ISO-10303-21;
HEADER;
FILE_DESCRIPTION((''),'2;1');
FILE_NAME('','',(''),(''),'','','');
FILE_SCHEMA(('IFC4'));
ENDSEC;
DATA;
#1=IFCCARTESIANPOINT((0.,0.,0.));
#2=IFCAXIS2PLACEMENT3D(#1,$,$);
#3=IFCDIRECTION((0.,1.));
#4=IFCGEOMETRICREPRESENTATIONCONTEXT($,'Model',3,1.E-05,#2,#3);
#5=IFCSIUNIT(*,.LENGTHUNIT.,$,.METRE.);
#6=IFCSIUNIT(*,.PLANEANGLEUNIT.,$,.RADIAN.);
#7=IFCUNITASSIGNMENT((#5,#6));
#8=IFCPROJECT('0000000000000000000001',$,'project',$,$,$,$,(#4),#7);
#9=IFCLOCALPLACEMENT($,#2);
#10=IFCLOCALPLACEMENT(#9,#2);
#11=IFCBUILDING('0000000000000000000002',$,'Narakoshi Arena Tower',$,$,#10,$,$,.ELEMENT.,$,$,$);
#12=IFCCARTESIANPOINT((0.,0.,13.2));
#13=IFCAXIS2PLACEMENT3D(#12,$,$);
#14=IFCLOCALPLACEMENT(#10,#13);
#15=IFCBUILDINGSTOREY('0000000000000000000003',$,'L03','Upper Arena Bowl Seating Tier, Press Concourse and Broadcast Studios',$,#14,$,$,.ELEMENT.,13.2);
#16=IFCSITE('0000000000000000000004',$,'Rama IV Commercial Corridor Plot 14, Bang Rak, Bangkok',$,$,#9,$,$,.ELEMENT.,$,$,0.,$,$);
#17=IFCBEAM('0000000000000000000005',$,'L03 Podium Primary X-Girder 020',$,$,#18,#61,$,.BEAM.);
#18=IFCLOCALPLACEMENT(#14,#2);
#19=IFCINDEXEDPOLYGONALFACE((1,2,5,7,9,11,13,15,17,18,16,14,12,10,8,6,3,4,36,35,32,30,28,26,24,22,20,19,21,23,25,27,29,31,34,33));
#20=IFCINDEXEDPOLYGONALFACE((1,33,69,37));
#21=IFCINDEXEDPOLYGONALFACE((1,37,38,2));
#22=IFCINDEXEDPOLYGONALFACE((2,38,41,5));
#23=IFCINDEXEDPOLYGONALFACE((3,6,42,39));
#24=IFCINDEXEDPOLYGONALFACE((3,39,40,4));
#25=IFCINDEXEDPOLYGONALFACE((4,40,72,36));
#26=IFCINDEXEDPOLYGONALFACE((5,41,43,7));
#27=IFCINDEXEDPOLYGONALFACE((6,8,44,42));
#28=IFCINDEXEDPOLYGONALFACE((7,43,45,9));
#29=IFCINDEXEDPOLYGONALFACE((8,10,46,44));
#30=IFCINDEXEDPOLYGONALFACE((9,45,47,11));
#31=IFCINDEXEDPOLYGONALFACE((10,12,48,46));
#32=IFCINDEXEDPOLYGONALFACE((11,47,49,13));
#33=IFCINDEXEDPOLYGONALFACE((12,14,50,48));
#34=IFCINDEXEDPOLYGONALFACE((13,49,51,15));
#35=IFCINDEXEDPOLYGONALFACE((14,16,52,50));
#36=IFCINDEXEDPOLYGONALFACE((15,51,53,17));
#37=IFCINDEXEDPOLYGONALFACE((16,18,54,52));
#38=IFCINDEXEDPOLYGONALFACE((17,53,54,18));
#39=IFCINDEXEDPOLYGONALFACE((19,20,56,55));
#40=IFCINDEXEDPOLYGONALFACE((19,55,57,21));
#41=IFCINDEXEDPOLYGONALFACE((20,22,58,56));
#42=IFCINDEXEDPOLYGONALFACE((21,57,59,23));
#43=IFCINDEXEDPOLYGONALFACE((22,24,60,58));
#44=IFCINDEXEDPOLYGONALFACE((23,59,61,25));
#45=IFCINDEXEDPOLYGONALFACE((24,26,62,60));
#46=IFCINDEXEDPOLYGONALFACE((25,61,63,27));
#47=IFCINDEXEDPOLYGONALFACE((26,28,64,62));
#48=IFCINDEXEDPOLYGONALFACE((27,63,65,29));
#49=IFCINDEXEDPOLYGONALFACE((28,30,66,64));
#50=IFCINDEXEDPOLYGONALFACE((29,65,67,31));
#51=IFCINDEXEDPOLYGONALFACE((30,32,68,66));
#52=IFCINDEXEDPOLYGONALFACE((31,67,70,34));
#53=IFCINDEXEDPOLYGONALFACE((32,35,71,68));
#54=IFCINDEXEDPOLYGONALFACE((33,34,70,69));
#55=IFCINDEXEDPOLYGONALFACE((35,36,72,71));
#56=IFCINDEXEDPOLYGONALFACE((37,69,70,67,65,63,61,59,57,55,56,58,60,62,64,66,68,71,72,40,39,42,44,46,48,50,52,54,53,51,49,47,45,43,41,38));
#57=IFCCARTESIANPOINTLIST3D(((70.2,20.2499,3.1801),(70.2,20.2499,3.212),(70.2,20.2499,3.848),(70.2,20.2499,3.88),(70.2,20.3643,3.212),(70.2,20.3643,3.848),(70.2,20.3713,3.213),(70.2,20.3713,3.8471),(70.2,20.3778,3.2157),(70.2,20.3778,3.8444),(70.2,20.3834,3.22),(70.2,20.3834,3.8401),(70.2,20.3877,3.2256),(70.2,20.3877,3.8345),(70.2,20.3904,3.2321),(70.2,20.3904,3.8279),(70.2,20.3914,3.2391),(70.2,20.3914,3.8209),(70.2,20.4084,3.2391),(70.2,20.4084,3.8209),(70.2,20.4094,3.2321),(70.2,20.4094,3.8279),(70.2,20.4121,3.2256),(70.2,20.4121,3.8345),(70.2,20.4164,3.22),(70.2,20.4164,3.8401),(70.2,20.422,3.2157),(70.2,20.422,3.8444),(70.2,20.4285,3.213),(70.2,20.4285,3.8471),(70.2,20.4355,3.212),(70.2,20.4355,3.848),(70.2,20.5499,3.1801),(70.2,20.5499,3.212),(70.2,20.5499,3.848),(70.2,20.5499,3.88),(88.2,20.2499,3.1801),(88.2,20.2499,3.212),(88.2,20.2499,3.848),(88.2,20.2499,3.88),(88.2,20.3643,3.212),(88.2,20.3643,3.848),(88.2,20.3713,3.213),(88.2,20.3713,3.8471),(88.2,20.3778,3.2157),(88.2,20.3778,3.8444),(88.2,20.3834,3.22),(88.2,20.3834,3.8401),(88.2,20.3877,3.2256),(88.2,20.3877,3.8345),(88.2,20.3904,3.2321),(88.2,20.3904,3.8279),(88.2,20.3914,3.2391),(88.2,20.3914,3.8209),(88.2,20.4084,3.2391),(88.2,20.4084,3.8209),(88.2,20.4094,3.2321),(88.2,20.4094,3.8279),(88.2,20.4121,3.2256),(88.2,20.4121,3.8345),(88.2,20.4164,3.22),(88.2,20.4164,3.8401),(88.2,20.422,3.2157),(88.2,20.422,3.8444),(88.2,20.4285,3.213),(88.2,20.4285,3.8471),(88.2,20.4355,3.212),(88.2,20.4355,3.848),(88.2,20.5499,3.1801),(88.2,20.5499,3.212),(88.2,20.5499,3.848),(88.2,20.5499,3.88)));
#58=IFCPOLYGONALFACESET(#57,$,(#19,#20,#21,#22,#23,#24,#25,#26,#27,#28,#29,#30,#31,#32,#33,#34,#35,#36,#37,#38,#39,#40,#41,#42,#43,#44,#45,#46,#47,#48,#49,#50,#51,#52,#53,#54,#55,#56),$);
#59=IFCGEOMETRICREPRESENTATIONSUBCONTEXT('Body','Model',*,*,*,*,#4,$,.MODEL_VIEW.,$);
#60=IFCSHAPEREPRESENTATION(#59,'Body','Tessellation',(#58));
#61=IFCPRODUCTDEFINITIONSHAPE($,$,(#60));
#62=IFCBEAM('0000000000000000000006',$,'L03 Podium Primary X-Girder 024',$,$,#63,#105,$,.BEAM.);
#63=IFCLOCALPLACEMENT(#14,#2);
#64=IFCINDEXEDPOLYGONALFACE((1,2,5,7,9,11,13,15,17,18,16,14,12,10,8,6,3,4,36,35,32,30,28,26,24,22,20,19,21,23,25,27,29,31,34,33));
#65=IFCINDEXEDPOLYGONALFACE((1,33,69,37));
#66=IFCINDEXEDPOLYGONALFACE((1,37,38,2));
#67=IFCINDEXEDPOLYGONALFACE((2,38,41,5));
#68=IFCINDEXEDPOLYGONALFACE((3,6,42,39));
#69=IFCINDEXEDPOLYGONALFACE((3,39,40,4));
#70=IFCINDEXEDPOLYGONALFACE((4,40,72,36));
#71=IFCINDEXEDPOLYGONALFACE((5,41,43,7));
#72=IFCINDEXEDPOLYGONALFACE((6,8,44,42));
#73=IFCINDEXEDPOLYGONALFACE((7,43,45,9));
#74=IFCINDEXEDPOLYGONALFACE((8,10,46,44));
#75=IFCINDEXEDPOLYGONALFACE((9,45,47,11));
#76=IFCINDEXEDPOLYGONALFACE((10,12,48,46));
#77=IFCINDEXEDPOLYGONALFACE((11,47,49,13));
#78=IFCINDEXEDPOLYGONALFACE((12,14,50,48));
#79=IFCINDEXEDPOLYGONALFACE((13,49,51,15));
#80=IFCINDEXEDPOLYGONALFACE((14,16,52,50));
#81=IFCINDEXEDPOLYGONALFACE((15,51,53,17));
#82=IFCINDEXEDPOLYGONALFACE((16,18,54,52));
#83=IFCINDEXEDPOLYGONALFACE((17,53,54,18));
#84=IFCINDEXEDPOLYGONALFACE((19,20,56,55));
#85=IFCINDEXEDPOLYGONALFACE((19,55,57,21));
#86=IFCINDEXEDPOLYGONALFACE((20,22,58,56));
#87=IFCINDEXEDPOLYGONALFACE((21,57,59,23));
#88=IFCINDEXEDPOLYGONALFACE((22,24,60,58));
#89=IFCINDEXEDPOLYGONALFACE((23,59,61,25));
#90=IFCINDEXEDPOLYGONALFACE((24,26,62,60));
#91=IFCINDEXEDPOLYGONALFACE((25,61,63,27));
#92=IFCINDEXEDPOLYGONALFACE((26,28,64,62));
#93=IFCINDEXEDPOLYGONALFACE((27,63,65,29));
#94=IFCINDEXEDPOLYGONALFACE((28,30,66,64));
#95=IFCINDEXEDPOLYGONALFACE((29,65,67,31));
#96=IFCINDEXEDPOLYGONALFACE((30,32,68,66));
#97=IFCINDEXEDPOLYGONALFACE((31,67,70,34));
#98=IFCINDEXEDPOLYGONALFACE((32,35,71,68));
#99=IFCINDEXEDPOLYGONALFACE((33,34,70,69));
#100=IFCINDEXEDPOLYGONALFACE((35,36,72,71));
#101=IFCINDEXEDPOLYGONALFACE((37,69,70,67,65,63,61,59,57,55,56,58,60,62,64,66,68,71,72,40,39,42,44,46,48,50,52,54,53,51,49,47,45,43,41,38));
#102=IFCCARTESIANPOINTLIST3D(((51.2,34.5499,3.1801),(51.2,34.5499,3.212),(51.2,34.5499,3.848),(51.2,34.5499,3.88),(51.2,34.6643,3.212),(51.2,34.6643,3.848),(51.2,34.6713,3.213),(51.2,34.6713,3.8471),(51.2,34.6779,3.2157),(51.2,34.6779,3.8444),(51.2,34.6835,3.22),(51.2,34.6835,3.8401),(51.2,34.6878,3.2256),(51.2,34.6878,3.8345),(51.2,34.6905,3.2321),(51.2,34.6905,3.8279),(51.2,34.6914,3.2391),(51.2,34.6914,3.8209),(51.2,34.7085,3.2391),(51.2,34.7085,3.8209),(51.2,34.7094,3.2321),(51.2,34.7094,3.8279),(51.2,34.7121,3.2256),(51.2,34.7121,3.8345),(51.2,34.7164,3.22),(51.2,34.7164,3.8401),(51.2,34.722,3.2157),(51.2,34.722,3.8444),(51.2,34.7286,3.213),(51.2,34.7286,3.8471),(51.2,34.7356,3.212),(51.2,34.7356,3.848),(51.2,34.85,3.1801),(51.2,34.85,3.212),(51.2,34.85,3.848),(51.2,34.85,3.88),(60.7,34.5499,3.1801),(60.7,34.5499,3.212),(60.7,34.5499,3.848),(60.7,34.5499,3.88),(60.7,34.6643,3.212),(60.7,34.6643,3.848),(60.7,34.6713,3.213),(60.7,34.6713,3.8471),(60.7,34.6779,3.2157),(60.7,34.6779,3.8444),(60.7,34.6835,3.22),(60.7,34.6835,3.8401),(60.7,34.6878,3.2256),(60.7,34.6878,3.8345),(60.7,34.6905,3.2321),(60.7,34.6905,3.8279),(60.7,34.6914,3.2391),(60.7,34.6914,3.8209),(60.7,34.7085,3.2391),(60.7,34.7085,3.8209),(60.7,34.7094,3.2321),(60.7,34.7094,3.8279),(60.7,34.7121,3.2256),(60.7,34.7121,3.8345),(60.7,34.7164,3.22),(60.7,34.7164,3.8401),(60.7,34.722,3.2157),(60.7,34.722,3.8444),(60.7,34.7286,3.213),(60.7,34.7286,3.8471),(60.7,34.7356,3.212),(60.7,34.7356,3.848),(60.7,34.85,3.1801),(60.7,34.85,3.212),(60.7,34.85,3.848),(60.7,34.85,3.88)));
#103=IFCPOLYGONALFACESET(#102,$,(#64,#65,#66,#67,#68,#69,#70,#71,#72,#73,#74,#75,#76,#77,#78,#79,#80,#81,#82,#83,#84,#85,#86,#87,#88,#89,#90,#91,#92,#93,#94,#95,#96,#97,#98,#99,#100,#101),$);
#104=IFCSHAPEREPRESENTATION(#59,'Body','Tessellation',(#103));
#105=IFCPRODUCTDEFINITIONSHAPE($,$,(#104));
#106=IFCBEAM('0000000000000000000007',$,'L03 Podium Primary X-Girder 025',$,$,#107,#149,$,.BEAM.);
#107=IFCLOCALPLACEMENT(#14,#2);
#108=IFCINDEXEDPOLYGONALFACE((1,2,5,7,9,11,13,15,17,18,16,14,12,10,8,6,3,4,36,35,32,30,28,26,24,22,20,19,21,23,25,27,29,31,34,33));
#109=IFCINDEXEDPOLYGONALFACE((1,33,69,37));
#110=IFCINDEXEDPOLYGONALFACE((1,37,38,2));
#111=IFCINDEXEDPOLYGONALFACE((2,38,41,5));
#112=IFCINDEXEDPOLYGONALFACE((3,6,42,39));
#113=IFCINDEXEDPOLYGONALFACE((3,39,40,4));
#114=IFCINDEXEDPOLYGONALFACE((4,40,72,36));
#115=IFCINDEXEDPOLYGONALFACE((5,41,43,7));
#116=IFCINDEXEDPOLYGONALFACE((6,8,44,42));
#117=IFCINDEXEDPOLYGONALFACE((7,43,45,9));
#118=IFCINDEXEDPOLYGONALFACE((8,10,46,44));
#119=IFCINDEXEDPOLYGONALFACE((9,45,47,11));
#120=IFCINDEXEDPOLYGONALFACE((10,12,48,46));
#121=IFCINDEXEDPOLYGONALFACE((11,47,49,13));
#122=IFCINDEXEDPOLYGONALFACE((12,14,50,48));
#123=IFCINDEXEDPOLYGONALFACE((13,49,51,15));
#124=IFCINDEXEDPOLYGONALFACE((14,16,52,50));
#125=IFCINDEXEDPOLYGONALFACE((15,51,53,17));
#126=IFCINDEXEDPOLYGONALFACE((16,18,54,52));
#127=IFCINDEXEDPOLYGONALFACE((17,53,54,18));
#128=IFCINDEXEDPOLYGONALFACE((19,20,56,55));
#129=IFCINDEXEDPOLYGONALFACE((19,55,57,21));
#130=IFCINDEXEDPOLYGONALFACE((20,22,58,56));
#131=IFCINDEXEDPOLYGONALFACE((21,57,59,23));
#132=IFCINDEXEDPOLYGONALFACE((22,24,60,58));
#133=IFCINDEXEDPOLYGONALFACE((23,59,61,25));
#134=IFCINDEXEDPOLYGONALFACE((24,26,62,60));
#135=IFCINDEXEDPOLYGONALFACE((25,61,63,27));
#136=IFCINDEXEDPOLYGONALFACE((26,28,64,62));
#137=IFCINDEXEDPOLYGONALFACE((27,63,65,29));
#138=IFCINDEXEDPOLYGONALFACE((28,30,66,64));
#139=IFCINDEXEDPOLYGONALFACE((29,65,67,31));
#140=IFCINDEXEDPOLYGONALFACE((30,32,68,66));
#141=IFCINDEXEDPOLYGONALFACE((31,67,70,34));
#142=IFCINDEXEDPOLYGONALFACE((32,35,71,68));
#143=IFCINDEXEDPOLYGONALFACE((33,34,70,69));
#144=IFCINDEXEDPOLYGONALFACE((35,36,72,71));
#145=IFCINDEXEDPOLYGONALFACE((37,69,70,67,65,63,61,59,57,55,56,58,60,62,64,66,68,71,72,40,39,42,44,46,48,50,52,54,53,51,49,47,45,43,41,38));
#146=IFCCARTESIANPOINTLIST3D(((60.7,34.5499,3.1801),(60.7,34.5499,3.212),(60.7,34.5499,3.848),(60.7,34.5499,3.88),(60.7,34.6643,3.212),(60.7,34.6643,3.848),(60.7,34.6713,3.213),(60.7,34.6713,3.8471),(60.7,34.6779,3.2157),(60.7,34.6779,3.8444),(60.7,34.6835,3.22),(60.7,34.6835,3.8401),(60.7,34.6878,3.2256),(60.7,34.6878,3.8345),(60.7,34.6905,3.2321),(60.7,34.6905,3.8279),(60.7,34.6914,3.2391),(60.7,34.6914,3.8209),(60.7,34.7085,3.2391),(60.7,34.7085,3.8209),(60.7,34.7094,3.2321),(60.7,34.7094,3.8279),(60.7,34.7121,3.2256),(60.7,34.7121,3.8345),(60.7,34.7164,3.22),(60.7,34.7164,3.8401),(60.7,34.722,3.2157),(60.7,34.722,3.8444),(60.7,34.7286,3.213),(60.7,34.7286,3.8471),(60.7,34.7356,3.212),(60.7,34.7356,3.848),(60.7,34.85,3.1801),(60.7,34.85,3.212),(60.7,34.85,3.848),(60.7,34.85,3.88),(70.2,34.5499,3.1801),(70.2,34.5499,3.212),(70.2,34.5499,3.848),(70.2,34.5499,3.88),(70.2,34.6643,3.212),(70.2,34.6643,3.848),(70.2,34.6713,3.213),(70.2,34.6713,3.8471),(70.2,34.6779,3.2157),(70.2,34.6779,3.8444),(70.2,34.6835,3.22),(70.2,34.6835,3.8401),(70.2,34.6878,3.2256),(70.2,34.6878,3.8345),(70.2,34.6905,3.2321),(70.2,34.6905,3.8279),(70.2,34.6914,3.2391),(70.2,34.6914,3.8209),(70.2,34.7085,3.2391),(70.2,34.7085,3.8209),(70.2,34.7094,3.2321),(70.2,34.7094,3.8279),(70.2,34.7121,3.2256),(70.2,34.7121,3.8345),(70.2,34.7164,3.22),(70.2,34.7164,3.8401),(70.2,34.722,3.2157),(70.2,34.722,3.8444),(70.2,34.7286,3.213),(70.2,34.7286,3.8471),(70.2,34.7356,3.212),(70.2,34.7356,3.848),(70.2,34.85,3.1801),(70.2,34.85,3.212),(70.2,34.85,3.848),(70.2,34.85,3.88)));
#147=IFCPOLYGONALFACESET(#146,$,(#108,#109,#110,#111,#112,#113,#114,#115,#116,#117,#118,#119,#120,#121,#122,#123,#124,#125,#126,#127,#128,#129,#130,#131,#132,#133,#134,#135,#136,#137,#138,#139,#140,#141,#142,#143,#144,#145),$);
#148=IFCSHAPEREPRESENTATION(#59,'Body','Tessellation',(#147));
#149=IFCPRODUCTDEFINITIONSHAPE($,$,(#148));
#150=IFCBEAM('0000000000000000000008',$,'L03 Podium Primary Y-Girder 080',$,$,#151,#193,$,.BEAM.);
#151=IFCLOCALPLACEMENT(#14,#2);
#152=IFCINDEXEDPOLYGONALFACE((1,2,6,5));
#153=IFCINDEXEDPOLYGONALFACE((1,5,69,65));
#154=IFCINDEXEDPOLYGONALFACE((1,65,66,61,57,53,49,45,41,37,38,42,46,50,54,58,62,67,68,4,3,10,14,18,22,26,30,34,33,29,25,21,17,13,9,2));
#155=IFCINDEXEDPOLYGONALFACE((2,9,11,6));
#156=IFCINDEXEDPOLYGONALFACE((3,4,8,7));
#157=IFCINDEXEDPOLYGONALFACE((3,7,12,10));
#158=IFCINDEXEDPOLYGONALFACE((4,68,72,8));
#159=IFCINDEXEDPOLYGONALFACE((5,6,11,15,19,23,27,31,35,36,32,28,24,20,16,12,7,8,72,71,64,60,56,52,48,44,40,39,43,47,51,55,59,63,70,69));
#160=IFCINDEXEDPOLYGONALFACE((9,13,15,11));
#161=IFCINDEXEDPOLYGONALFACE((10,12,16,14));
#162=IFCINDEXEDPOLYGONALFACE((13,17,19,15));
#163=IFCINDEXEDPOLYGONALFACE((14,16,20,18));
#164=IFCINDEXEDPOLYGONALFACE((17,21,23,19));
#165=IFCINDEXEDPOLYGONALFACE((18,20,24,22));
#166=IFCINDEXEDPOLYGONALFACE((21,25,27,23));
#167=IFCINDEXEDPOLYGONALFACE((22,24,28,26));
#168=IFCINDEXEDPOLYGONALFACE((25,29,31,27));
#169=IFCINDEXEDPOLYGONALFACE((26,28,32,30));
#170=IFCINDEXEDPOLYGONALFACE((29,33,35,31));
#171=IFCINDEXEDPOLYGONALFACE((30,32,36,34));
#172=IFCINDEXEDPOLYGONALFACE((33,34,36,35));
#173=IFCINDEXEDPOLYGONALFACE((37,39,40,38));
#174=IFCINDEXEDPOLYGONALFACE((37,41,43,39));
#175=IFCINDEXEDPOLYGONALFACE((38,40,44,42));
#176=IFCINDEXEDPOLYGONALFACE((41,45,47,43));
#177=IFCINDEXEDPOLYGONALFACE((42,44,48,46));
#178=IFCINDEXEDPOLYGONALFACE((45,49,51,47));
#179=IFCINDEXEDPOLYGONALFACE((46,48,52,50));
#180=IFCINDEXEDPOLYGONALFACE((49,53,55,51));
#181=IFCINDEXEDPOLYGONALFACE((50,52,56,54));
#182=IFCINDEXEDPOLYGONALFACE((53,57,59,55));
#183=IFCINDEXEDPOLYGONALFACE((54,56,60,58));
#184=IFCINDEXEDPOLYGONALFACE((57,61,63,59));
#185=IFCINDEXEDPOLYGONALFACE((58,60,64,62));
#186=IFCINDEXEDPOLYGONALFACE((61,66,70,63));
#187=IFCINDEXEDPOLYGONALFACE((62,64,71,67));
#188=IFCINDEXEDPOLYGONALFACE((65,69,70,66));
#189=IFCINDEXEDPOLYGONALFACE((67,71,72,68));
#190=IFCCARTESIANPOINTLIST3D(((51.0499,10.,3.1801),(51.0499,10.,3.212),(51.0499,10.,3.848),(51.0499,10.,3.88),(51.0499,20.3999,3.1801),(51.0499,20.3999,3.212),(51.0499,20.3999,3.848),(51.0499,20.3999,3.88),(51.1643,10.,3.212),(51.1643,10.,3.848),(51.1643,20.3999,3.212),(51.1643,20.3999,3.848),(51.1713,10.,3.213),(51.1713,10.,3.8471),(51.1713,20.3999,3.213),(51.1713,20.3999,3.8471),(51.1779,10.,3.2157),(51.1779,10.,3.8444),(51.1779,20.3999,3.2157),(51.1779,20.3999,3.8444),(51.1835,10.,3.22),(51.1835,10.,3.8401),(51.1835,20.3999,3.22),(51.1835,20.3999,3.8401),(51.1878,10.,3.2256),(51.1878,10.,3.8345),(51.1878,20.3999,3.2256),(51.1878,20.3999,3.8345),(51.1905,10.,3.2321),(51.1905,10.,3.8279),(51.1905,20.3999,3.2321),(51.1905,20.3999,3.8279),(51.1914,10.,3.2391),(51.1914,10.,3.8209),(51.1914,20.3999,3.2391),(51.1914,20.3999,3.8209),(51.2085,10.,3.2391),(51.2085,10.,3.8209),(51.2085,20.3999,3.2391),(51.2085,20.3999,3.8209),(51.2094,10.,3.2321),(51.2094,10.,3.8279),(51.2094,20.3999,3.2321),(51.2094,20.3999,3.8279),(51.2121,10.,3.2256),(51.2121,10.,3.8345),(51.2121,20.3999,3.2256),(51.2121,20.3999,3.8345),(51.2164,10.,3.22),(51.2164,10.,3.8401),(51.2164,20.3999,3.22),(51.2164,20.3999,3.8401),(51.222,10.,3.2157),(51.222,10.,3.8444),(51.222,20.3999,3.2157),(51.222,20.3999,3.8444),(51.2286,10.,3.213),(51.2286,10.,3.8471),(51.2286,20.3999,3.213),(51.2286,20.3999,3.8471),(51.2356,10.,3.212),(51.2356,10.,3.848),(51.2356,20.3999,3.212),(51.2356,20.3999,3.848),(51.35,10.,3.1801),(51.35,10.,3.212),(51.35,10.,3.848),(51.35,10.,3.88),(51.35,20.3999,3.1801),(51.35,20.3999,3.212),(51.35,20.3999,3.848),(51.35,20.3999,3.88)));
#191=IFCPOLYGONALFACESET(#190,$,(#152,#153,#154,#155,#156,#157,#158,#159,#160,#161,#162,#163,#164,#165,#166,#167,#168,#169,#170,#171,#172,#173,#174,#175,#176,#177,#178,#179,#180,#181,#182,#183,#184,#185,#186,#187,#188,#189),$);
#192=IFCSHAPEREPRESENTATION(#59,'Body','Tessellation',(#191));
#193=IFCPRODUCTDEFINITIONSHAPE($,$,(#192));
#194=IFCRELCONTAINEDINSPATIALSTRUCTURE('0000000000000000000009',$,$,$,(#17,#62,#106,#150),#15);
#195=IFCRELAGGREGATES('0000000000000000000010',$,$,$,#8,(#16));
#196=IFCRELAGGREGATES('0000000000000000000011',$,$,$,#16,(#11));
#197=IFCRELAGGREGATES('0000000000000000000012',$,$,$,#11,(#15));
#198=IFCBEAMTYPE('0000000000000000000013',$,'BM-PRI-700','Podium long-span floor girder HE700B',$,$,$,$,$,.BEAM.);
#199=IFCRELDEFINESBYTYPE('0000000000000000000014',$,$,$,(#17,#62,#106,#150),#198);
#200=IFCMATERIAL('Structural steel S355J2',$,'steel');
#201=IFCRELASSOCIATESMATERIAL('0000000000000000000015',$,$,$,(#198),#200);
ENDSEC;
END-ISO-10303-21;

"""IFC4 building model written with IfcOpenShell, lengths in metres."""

from ifc_helpers import new_model, si_unit, direction, frame, origin, origin_2d, place, context, subcontext, project, spatial, i_section, extrude, material, material_profile, profile_set, type_object, element, save


model = new_model("IFC4")

# Units and contexts
model_context = context("Model", 3, precision=1e-05, world=origin(), true_north=direction((0.0, 1.0)))
body_context = subcontext(model_context, "Body", "Model", "MODEL_VIEW")
ifc_project = project(units=[si_unit("LENGTHUNIT", "METRE"), si_unit("PLANEANGLEUNIT", "RADIAN")], contexts=[model_context])

# Site, building, storey
site_placement = place(None, origin())
site = spatial("IfcSite", under=ifc_project, at=site_placement, Name="Rama IV Commercial Corridor Plot 14, Bang Rak, Bangkok", CompositionType="ELEMENT", RefElevation=0.0)
building_placement = place(site_placement, origin())
building = spatial("IfcBuilding", under=site, at=building_placement, Name="Narakoshi Arena Tower", CompositionType="ELEMENT")
storey_placement = place(building_placement, frame((0.0, 0.0, 13.2)))
storey = spatial("IfcBuildingStorey", under=building, at=storey_placement, Name="L03", Description="Upper Arena Bowl Seating Tier, Press Concourse and Broadcast Studios", CompositionType="ELEMENT", Elevation=13.2)

# Beams
ifc_material_1 = material(Name="Structural steel S355J2", Category="steel")
ifc_material_profile_1 = material_profile(ifc_material_1, i_section(OverallWidth=0.3, OverallDepth=0.7, WebThickness=0.0171, FlangeThickness=0.032, FilletRadius=0.0271, at=origin_2d()), Name="HE700B")
ifc_profile_set_1 = profile_set([ifc_material_profile_1], Name="Structural steel S355J2")
beam_type_1 = type_object("IfcBeamType", Name="BM-PRI-700", Description="Podium long-span floor girder HE700B", PredefinedType="BEAM", material=ifc_profile_set_1)
beam_1_placement = place(storey_placement, frame((70.2, 20.3999, 3.53), z_axis=(1.0, 0.0, 0.0), x_axis=(0.0, 1.0, 0.0)))
element("IfcBeam", 1, at=beam_1_placement, inside=storey, type_object=beam_type_1, Name="L03 Podium Primary X-Girder 020", PredefinedType="BEAM", context=body_context, shape_type="SweptSolid", body=[
    extrude(i_section(OverallWidth=0.3, OverallDepth=0.7, WebThickness=0.0171, FlangeThickness=0.032, FilletRadius=0.0271, at=origin_2d()), origin(), (0.0, 0.0, 1.0), 18.0),
])
for number, where, z_axis, x_axis, name in (
    (2, (51.2, 34.7, 3.53), (1.0, 0.0, 0.0), (0.0, 1.0, 0.0), "L03 Podium Primary X-Girder 024"),
    (3, (60.7, 34.7, 3.53), (1.0, 0.0, 0.0), (0.0, 1.0, 0.0), "L03 Podium Primary X-Girder 025"),
):
    element("IfcBeam", number, at=place(storey_placement, frame(where, z_axis=z_axis, x_axis=x_axis)), inside=storey, type_object=beam_type_1, Name=name, PredefinedType="BEAM", context=body_context, shape_type="SweptSolid", body=[
        extrude(i_section(OverallWidth=0.3, OverallDepth=0.7, WebThickness=0.0171, FlangeThickness=0.032, FilletRadius=0.0271, at=origin_2d()), origin(), (0.0, 0.0, 1.0), 9.5),
    ])
beam_2_placement = place(storey_placement, frame((51.2, 10.0, 3.53), z_axis=(0.0, 1.0, 0.0), x_axis=(-1.0, 0.0, 0.0)))
element("IfcBeam", 4, at=beam_2_placement, inside=storey, type_object=beam_type_1, Name="L03 Podium Primary Y-Girder 080", PredefinedType="BEAM", context=body_context, shape_type="SweptSolid", body=[
    extrude(i_section(OverallWidth=0.3, OverallDepth=0.7, WebThickness=0.0171, FlangeThickness=0.032, FilletRadius=0.0271, at=origin_2d()), origin(), (0.0, 0.0, 1.0), 10.3999),
])

save(model, "model.ifc")
